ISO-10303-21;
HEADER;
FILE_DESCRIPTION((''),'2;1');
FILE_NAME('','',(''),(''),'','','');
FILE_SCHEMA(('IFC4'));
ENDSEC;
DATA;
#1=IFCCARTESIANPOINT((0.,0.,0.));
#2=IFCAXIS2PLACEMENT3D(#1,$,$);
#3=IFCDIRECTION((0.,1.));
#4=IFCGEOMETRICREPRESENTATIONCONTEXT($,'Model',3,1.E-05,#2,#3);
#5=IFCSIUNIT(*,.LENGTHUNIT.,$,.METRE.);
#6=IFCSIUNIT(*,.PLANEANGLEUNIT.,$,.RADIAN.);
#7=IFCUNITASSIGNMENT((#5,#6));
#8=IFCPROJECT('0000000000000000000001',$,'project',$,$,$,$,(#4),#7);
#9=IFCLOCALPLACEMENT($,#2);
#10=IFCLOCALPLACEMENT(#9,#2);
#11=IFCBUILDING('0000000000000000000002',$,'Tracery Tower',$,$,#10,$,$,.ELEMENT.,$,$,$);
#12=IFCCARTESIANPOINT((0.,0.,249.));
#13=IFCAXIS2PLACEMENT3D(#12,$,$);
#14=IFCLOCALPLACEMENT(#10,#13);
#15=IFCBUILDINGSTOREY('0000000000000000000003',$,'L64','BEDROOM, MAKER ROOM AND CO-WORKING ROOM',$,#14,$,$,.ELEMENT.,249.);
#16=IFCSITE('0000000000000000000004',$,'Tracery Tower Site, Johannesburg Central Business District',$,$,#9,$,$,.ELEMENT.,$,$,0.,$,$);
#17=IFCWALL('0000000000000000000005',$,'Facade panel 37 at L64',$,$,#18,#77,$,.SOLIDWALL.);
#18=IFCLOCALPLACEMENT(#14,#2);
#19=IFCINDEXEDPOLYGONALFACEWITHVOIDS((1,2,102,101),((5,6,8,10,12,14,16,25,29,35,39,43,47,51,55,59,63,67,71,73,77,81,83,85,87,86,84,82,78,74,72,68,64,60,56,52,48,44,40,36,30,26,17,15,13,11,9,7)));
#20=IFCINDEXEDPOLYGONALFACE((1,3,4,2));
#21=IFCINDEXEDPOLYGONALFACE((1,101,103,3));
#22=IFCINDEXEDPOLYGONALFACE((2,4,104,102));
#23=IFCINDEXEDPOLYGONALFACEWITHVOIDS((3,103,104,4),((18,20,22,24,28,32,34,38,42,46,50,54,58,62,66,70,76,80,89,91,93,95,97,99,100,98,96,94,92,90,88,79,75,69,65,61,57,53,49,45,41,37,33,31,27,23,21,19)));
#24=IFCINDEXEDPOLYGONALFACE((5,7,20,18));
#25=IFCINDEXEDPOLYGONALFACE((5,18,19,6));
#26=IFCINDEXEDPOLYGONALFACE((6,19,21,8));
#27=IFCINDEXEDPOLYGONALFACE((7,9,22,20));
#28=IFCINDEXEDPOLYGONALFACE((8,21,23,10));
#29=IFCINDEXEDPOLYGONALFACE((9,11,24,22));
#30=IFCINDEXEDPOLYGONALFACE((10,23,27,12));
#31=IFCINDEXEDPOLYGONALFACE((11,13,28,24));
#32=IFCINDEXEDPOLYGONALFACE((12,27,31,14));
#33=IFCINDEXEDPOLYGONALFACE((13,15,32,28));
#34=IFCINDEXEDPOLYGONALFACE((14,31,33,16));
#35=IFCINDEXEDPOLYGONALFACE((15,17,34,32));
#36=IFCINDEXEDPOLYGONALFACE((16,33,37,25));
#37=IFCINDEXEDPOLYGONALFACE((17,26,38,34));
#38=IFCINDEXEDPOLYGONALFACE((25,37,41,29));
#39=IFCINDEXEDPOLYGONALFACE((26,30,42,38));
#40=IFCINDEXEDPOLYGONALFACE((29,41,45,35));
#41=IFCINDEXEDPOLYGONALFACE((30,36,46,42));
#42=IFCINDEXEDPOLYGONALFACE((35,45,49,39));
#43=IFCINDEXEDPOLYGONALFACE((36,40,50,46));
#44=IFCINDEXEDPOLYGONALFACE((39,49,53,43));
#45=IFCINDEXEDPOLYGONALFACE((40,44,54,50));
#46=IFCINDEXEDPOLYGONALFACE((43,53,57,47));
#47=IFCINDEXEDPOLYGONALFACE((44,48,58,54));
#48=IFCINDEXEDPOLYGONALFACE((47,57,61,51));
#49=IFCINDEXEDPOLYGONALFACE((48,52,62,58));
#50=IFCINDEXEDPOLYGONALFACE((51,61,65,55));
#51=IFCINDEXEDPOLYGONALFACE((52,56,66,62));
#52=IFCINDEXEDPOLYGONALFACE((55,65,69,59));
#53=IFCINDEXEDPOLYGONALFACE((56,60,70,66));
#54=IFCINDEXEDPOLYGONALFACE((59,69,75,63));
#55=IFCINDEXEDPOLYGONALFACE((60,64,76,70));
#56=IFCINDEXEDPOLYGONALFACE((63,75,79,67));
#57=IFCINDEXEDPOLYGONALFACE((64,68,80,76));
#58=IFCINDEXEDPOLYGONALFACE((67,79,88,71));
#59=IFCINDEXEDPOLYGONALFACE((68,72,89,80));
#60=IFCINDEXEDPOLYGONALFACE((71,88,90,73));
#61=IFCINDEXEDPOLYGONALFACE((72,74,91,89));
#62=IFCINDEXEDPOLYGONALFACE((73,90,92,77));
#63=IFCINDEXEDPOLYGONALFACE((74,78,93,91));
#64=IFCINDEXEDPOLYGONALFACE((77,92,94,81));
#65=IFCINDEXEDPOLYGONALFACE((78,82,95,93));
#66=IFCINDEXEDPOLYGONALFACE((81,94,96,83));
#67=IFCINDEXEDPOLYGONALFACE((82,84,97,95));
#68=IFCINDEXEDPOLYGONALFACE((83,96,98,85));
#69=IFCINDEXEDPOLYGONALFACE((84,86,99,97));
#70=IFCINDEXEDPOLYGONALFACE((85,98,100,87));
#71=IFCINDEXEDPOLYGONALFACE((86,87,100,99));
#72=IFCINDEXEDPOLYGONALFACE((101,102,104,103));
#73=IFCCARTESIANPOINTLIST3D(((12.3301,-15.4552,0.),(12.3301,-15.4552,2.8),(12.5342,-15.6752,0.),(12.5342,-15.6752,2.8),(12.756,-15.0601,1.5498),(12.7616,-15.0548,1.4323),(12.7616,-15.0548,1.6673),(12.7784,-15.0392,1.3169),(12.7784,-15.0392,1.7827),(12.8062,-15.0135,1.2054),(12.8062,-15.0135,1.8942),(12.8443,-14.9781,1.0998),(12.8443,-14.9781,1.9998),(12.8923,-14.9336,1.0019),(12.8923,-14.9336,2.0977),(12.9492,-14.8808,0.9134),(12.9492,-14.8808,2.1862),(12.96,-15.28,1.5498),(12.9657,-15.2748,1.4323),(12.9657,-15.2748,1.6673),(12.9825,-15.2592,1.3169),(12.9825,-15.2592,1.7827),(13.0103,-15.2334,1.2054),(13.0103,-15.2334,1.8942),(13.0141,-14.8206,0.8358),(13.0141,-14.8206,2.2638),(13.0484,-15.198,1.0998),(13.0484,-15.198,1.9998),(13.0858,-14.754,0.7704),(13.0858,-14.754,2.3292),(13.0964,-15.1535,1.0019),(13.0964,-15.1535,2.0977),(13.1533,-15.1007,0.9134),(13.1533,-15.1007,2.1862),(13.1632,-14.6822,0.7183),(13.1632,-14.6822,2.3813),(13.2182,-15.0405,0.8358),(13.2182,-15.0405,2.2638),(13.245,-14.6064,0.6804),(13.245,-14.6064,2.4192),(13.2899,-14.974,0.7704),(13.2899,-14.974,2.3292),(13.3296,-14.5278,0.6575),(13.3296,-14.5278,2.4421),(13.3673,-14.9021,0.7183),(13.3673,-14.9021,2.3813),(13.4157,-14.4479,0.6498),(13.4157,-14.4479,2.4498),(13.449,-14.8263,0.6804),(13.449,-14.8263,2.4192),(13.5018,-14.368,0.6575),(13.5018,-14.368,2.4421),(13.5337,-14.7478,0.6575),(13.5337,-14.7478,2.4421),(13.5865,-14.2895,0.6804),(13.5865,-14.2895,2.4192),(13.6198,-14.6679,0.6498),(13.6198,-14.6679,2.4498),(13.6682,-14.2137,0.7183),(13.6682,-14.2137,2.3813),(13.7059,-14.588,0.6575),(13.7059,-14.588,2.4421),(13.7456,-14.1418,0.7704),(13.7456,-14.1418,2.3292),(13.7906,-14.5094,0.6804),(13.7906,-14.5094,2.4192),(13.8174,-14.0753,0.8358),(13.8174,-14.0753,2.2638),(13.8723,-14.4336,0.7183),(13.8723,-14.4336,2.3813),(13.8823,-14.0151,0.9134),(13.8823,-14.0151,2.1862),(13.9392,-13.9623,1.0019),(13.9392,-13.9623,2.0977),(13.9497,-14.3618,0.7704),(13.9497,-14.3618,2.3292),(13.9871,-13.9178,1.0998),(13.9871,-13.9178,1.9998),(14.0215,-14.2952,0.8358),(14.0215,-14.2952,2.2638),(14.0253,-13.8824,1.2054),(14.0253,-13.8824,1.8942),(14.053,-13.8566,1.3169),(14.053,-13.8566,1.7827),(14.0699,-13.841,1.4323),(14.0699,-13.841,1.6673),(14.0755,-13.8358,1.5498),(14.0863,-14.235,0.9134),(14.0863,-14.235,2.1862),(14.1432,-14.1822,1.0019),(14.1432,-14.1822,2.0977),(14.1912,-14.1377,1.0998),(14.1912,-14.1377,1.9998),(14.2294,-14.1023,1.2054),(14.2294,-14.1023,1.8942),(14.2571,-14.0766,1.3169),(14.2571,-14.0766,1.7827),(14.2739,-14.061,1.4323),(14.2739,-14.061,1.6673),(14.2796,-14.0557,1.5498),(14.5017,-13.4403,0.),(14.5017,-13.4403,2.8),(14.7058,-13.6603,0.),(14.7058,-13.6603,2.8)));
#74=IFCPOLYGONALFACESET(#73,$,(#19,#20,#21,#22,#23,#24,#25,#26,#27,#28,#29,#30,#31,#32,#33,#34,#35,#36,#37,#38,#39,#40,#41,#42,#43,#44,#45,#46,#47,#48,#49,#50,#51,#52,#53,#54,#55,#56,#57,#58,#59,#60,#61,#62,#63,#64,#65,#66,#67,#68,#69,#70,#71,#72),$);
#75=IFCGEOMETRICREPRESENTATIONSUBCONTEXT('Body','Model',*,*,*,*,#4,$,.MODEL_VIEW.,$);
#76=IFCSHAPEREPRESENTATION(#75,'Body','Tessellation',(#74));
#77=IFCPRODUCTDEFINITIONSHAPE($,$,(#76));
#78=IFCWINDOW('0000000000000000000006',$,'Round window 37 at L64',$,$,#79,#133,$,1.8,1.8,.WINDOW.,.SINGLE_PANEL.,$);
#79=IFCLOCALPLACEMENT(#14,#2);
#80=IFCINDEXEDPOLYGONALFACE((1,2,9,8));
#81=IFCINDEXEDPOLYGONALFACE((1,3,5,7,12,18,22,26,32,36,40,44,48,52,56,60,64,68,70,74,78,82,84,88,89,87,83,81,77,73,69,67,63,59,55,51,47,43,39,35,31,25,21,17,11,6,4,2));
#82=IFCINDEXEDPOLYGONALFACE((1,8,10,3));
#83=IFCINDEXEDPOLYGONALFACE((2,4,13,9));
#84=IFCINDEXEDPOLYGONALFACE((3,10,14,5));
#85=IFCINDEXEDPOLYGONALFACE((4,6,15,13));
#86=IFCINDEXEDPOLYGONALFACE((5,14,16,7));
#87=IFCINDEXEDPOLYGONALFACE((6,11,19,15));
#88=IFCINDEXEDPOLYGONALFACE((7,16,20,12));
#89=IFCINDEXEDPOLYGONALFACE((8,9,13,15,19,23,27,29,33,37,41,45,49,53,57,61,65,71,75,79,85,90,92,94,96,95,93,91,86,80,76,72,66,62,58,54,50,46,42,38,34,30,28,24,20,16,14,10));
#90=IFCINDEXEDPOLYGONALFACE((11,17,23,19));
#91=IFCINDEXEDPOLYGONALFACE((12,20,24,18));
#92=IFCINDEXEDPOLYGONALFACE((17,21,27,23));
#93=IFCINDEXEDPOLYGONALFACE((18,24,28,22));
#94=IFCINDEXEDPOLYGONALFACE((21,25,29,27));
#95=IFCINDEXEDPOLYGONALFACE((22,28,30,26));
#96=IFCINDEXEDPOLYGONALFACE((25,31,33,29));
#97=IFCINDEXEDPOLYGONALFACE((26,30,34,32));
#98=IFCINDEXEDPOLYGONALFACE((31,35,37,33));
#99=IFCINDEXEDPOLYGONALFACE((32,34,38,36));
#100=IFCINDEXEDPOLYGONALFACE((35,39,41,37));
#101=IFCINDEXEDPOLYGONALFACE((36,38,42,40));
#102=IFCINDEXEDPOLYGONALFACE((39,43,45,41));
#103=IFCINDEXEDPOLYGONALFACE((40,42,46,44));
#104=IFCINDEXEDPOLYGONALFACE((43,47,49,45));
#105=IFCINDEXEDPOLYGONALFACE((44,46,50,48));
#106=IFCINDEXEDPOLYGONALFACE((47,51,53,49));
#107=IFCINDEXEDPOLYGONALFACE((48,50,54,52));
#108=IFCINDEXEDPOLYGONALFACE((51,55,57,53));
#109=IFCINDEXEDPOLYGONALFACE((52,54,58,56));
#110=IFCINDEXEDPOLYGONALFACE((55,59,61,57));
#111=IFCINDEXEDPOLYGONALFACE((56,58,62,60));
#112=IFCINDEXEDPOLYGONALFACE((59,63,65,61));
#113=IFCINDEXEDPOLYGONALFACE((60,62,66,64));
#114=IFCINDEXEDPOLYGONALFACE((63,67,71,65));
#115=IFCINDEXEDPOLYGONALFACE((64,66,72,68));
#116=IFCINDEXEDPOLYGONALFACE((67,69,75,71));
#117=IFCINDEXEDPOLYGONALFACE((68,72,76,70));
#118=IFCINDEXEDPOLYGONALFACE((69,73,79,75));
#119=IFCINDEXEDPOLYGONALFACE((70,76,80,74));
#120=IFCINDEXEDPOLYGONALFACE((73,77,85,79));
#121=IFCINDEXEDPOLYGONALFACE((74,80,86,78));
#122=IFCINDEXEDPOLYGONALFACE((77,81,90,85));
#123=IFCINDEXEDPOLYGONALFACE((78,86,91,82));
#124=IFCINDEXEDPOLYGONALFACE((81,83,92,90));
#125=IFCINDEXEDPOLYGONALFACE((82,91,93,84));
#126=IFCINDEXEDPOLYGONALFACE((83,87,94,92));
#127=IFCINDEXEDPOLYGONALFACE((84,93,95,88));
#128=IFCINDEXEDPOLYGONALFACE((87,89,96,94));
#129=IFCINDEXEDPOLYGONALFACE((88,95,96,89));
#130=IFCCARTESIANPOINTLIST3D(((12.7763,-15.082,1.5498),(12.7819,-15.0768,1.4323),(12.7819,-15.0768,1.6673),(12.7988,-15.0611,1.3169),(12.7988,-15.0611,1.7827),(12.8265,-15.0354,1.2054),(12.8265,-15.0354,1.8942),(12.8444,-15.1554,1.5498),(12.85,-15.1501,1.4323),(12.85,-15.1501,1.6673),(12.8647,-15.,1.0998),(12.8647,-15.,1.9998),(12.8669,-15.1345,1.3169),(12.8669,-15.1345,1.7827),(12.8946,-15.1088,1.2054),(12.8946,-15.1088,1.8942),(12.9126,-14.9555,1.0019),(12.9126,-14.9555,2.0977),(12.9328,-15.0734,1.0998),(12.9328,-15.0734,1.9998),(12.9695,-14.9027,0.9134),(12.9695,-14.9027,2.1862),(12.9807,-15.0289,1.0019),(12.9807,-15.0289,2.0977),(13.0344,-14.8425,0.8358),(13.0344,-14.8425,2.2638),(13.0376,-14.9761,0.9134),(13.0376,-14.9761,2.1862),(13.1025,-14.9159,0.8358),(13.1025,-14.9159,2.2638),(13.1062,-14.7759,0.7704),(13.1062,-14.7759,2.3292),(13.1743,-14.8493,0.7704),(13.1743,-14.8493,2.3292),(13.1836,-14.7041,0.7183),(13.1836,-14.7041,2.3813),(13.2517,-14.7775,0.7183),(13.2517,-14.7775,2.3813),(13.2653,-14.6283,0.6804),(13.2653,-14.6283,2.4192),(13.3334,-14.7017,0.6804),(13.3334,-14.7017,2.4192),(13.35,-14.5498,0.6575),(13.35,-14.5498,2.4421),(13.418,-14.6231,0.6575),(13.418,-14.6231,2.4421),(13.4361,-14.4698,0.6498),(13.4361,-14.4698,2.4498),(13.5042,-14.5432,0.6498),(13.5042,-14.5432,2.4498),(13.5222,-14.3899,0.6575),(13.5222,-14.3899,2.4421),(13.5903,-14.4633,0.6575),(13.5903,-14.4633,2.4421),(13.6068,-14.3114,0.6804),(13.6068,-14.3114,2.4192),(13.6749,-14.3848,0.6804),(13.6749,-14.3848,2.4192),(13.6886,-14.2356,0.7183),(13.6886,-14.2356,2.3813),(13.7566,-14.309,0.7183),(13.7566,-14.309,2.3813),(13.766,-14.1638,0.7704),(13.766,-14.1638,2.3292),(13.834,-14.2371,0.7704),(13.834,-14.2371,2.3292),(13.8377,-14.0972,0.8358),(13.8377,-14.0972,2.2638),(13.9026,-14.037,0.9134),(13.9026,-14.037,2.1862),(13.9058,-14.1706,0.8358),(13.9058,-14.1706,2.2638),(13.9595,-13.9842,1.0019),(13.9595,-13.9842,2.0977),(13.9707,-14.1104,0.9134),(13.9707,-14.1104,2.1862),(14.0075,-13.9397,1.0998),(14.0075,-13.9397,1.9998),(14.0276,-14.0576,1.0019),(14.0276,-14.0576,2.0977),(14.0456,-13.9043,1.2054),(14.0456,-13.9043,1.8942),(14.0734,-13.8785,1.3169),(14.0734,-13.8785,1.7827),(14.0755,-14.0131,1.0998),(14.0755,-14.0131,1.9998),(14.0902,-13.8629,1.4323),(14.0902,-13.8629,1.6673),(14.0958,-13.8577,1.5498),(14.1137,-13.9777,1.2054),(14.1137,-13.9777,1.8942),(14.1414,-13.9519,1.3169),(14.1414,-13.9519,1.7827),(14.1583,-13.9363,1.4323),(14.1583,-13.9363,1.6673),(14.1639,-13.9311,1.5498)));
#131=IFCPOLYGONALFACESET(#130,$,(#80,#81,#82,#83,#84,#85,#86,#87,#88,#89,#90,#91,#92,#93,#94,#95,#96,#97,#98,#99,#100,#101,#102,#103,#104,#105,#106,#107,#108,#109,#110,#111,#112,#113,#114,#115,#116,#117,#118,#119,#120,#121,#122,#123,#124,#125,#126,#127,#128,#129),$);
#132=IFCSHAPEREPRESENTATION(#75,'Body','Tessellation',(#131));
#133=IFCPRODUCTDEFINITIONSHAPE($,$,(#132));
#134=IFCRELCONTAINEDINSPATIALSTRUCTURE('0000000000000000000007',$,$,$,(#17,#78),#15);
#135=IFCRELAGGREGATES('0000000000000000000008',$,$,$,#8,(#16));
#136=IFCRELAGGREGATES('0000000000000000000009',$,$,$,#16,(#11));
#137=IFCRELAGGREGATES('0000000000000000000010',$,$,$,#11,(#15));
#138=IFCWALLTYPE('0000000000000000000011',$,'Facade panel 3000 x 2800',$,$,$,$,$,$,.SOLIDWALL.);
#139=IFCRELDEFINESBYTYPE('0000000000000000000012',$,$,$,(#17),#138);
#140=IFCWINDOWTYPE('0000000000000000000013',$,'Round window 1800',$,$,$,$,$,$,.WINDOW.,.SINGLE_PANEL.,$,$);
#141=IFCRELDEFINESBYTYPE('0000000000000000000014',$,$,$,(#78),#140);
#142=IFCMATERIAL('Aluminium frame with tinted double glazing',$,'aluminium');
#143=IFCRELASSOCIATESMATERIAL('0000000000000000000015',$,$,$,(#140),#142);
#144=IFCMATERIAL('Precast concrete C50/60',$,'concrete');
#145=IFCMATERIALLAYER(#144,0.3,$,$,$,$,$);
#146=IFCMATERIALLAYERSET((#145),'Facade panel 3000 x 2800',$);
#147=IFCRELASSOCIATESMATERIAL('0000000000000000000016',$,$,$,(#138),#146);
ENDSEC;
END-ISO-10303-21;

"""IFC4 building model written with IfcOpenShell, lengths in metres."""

from ifc_helpers import new_model, si_unit, direction, frame, frame_2d, origin, origin_2d, place, context, subcontext, project, spatial, rectangle, circle, extrude, material, layer, layer_set, type_object, element, fill, save


model = new_model("IFC4")

# Units and contexts
model_context = context("Model", 3, precision=1e-05, world=origin(), true_north=direction((0.0, 1.0)))
body_context = subcontext(model_context, "Body", "Model", "MODEL_VIEW")
ifc_project = project(units=[si_unit("LENGTHUNIT", "METRE"), si_unit("PLANEANGLEUNIT", "RADIAN")], contexts=[model_context])

# Site, building, storey
site_placement = place(None, origin())
site = spatial("IfcSite", under=ifc_project, at=site_placement, Name="Tracery Tower Site, Johannesburg Central Business District", CompositionType="ELEMENT", RefElevation=0.0)
building_placement = place(site_placement, origin())
building = spatial("IfcBuilding", under=site, at=building_placement, Name="Tracery Tower", CompositionType="ELEMENT")
storey_placement = place(building_placement, frame((0.0, 0.0, 249.0)))
storey = spatial("IfcBuildingStorey", under=building, at=storey_placement, Name="L64", Description="BEDROOM, MAKER ROOM AND CO-WORKING ROOM", CompositionType="ELEMENT", Elevation=249.0)

# Wall, opening, window
ifc_material_1 = material(Name="Aluminium frame with tinted double glazing", Category="aluminium")
window_type = type_object("IfcWindowType", Name="Round window 1800", PartitioningType="SINGLE_PANEL", PredefinedType="WINDOW", material=ifc_material_1)
ifc_material_2 = material(Name="Precast concrete C50/60", Category="concrete")
ifc_layer_1 = layer(ifc_material_2, 0.3)
ifc_layer_set_1 = layer_set([ifc_layer_1], Name="Facade panel 3000 x 2800")
wall_type_1 = type_object("IfcWallType", Name="Facade panel 3000 x 2800", PredefinedType="SOLIDWALL", material=ifc_layer_set_1)
wall_1_placement = place(storey_placement, frame((12.4321, -15.5652, 0.0), z_axis=(0.0, 0.0, 1.0), x_axis=(0.733066, 0.680157, 0.0)))
wall_1 = element("IfcWall", 1, at=wall_1_placement, inside=storey, type_object=wall_type_1, Name="Facade panel 37 at L64", PredefinedType="SOLIDWALL", context=body_context, shape_type="SweptSolid", body=[
    extrude(rectangle(XDim=2.9624, YDim=0.3, at=frame_2d((1.4812, 0.0))), origin(), (0.0, 0.0, 1.0), 2.8),
])
opening_1_placement = place(wall_1_placement, frame((1.481, 0.0, 1.5498)))
opening_1 = element("IfcOpeningElement", 2, at=opening_1_placement, cuts=wall_1, PredefinedType="OPENING", context=body_context, shape_type="SweptSolid", body=[
    extrude(circle(Radius=0.9, at=origin_2d()), frame((0.0, 0.1599, 0.0), z_axis=(0.0, -1.0, 0.0), x_axis=(1.0, 0.0, 0.0)), (0.0, 0.0, 1.0), 0.3201),
])
window_1_placement = place(opening_1_placement, origin())
window_1 = element("IfcWindow", 3, at=window_1_placement, inside=storey, type_object=window_type, Name="Round window 37 at L64", OverallHeight=1.8, OverallWidth=1.8, PartitioningType="SINGLE_PANEL", PredefinedType="WINDOW", context=body_context, shape_type="SweptSolid", body=[
    extrude(circle(Radius=0.9, at=origin_2d()), frame((0.0, 0.1201, 0.0), z_axis=(0.0, -1.0, 0.0), x_axis=(1.0, 0.0, 0.0)), (0.0, 0.0, 1.0), 0.1001),
])
fill(opening_1, window_1)

save(model, "model.ifc")
